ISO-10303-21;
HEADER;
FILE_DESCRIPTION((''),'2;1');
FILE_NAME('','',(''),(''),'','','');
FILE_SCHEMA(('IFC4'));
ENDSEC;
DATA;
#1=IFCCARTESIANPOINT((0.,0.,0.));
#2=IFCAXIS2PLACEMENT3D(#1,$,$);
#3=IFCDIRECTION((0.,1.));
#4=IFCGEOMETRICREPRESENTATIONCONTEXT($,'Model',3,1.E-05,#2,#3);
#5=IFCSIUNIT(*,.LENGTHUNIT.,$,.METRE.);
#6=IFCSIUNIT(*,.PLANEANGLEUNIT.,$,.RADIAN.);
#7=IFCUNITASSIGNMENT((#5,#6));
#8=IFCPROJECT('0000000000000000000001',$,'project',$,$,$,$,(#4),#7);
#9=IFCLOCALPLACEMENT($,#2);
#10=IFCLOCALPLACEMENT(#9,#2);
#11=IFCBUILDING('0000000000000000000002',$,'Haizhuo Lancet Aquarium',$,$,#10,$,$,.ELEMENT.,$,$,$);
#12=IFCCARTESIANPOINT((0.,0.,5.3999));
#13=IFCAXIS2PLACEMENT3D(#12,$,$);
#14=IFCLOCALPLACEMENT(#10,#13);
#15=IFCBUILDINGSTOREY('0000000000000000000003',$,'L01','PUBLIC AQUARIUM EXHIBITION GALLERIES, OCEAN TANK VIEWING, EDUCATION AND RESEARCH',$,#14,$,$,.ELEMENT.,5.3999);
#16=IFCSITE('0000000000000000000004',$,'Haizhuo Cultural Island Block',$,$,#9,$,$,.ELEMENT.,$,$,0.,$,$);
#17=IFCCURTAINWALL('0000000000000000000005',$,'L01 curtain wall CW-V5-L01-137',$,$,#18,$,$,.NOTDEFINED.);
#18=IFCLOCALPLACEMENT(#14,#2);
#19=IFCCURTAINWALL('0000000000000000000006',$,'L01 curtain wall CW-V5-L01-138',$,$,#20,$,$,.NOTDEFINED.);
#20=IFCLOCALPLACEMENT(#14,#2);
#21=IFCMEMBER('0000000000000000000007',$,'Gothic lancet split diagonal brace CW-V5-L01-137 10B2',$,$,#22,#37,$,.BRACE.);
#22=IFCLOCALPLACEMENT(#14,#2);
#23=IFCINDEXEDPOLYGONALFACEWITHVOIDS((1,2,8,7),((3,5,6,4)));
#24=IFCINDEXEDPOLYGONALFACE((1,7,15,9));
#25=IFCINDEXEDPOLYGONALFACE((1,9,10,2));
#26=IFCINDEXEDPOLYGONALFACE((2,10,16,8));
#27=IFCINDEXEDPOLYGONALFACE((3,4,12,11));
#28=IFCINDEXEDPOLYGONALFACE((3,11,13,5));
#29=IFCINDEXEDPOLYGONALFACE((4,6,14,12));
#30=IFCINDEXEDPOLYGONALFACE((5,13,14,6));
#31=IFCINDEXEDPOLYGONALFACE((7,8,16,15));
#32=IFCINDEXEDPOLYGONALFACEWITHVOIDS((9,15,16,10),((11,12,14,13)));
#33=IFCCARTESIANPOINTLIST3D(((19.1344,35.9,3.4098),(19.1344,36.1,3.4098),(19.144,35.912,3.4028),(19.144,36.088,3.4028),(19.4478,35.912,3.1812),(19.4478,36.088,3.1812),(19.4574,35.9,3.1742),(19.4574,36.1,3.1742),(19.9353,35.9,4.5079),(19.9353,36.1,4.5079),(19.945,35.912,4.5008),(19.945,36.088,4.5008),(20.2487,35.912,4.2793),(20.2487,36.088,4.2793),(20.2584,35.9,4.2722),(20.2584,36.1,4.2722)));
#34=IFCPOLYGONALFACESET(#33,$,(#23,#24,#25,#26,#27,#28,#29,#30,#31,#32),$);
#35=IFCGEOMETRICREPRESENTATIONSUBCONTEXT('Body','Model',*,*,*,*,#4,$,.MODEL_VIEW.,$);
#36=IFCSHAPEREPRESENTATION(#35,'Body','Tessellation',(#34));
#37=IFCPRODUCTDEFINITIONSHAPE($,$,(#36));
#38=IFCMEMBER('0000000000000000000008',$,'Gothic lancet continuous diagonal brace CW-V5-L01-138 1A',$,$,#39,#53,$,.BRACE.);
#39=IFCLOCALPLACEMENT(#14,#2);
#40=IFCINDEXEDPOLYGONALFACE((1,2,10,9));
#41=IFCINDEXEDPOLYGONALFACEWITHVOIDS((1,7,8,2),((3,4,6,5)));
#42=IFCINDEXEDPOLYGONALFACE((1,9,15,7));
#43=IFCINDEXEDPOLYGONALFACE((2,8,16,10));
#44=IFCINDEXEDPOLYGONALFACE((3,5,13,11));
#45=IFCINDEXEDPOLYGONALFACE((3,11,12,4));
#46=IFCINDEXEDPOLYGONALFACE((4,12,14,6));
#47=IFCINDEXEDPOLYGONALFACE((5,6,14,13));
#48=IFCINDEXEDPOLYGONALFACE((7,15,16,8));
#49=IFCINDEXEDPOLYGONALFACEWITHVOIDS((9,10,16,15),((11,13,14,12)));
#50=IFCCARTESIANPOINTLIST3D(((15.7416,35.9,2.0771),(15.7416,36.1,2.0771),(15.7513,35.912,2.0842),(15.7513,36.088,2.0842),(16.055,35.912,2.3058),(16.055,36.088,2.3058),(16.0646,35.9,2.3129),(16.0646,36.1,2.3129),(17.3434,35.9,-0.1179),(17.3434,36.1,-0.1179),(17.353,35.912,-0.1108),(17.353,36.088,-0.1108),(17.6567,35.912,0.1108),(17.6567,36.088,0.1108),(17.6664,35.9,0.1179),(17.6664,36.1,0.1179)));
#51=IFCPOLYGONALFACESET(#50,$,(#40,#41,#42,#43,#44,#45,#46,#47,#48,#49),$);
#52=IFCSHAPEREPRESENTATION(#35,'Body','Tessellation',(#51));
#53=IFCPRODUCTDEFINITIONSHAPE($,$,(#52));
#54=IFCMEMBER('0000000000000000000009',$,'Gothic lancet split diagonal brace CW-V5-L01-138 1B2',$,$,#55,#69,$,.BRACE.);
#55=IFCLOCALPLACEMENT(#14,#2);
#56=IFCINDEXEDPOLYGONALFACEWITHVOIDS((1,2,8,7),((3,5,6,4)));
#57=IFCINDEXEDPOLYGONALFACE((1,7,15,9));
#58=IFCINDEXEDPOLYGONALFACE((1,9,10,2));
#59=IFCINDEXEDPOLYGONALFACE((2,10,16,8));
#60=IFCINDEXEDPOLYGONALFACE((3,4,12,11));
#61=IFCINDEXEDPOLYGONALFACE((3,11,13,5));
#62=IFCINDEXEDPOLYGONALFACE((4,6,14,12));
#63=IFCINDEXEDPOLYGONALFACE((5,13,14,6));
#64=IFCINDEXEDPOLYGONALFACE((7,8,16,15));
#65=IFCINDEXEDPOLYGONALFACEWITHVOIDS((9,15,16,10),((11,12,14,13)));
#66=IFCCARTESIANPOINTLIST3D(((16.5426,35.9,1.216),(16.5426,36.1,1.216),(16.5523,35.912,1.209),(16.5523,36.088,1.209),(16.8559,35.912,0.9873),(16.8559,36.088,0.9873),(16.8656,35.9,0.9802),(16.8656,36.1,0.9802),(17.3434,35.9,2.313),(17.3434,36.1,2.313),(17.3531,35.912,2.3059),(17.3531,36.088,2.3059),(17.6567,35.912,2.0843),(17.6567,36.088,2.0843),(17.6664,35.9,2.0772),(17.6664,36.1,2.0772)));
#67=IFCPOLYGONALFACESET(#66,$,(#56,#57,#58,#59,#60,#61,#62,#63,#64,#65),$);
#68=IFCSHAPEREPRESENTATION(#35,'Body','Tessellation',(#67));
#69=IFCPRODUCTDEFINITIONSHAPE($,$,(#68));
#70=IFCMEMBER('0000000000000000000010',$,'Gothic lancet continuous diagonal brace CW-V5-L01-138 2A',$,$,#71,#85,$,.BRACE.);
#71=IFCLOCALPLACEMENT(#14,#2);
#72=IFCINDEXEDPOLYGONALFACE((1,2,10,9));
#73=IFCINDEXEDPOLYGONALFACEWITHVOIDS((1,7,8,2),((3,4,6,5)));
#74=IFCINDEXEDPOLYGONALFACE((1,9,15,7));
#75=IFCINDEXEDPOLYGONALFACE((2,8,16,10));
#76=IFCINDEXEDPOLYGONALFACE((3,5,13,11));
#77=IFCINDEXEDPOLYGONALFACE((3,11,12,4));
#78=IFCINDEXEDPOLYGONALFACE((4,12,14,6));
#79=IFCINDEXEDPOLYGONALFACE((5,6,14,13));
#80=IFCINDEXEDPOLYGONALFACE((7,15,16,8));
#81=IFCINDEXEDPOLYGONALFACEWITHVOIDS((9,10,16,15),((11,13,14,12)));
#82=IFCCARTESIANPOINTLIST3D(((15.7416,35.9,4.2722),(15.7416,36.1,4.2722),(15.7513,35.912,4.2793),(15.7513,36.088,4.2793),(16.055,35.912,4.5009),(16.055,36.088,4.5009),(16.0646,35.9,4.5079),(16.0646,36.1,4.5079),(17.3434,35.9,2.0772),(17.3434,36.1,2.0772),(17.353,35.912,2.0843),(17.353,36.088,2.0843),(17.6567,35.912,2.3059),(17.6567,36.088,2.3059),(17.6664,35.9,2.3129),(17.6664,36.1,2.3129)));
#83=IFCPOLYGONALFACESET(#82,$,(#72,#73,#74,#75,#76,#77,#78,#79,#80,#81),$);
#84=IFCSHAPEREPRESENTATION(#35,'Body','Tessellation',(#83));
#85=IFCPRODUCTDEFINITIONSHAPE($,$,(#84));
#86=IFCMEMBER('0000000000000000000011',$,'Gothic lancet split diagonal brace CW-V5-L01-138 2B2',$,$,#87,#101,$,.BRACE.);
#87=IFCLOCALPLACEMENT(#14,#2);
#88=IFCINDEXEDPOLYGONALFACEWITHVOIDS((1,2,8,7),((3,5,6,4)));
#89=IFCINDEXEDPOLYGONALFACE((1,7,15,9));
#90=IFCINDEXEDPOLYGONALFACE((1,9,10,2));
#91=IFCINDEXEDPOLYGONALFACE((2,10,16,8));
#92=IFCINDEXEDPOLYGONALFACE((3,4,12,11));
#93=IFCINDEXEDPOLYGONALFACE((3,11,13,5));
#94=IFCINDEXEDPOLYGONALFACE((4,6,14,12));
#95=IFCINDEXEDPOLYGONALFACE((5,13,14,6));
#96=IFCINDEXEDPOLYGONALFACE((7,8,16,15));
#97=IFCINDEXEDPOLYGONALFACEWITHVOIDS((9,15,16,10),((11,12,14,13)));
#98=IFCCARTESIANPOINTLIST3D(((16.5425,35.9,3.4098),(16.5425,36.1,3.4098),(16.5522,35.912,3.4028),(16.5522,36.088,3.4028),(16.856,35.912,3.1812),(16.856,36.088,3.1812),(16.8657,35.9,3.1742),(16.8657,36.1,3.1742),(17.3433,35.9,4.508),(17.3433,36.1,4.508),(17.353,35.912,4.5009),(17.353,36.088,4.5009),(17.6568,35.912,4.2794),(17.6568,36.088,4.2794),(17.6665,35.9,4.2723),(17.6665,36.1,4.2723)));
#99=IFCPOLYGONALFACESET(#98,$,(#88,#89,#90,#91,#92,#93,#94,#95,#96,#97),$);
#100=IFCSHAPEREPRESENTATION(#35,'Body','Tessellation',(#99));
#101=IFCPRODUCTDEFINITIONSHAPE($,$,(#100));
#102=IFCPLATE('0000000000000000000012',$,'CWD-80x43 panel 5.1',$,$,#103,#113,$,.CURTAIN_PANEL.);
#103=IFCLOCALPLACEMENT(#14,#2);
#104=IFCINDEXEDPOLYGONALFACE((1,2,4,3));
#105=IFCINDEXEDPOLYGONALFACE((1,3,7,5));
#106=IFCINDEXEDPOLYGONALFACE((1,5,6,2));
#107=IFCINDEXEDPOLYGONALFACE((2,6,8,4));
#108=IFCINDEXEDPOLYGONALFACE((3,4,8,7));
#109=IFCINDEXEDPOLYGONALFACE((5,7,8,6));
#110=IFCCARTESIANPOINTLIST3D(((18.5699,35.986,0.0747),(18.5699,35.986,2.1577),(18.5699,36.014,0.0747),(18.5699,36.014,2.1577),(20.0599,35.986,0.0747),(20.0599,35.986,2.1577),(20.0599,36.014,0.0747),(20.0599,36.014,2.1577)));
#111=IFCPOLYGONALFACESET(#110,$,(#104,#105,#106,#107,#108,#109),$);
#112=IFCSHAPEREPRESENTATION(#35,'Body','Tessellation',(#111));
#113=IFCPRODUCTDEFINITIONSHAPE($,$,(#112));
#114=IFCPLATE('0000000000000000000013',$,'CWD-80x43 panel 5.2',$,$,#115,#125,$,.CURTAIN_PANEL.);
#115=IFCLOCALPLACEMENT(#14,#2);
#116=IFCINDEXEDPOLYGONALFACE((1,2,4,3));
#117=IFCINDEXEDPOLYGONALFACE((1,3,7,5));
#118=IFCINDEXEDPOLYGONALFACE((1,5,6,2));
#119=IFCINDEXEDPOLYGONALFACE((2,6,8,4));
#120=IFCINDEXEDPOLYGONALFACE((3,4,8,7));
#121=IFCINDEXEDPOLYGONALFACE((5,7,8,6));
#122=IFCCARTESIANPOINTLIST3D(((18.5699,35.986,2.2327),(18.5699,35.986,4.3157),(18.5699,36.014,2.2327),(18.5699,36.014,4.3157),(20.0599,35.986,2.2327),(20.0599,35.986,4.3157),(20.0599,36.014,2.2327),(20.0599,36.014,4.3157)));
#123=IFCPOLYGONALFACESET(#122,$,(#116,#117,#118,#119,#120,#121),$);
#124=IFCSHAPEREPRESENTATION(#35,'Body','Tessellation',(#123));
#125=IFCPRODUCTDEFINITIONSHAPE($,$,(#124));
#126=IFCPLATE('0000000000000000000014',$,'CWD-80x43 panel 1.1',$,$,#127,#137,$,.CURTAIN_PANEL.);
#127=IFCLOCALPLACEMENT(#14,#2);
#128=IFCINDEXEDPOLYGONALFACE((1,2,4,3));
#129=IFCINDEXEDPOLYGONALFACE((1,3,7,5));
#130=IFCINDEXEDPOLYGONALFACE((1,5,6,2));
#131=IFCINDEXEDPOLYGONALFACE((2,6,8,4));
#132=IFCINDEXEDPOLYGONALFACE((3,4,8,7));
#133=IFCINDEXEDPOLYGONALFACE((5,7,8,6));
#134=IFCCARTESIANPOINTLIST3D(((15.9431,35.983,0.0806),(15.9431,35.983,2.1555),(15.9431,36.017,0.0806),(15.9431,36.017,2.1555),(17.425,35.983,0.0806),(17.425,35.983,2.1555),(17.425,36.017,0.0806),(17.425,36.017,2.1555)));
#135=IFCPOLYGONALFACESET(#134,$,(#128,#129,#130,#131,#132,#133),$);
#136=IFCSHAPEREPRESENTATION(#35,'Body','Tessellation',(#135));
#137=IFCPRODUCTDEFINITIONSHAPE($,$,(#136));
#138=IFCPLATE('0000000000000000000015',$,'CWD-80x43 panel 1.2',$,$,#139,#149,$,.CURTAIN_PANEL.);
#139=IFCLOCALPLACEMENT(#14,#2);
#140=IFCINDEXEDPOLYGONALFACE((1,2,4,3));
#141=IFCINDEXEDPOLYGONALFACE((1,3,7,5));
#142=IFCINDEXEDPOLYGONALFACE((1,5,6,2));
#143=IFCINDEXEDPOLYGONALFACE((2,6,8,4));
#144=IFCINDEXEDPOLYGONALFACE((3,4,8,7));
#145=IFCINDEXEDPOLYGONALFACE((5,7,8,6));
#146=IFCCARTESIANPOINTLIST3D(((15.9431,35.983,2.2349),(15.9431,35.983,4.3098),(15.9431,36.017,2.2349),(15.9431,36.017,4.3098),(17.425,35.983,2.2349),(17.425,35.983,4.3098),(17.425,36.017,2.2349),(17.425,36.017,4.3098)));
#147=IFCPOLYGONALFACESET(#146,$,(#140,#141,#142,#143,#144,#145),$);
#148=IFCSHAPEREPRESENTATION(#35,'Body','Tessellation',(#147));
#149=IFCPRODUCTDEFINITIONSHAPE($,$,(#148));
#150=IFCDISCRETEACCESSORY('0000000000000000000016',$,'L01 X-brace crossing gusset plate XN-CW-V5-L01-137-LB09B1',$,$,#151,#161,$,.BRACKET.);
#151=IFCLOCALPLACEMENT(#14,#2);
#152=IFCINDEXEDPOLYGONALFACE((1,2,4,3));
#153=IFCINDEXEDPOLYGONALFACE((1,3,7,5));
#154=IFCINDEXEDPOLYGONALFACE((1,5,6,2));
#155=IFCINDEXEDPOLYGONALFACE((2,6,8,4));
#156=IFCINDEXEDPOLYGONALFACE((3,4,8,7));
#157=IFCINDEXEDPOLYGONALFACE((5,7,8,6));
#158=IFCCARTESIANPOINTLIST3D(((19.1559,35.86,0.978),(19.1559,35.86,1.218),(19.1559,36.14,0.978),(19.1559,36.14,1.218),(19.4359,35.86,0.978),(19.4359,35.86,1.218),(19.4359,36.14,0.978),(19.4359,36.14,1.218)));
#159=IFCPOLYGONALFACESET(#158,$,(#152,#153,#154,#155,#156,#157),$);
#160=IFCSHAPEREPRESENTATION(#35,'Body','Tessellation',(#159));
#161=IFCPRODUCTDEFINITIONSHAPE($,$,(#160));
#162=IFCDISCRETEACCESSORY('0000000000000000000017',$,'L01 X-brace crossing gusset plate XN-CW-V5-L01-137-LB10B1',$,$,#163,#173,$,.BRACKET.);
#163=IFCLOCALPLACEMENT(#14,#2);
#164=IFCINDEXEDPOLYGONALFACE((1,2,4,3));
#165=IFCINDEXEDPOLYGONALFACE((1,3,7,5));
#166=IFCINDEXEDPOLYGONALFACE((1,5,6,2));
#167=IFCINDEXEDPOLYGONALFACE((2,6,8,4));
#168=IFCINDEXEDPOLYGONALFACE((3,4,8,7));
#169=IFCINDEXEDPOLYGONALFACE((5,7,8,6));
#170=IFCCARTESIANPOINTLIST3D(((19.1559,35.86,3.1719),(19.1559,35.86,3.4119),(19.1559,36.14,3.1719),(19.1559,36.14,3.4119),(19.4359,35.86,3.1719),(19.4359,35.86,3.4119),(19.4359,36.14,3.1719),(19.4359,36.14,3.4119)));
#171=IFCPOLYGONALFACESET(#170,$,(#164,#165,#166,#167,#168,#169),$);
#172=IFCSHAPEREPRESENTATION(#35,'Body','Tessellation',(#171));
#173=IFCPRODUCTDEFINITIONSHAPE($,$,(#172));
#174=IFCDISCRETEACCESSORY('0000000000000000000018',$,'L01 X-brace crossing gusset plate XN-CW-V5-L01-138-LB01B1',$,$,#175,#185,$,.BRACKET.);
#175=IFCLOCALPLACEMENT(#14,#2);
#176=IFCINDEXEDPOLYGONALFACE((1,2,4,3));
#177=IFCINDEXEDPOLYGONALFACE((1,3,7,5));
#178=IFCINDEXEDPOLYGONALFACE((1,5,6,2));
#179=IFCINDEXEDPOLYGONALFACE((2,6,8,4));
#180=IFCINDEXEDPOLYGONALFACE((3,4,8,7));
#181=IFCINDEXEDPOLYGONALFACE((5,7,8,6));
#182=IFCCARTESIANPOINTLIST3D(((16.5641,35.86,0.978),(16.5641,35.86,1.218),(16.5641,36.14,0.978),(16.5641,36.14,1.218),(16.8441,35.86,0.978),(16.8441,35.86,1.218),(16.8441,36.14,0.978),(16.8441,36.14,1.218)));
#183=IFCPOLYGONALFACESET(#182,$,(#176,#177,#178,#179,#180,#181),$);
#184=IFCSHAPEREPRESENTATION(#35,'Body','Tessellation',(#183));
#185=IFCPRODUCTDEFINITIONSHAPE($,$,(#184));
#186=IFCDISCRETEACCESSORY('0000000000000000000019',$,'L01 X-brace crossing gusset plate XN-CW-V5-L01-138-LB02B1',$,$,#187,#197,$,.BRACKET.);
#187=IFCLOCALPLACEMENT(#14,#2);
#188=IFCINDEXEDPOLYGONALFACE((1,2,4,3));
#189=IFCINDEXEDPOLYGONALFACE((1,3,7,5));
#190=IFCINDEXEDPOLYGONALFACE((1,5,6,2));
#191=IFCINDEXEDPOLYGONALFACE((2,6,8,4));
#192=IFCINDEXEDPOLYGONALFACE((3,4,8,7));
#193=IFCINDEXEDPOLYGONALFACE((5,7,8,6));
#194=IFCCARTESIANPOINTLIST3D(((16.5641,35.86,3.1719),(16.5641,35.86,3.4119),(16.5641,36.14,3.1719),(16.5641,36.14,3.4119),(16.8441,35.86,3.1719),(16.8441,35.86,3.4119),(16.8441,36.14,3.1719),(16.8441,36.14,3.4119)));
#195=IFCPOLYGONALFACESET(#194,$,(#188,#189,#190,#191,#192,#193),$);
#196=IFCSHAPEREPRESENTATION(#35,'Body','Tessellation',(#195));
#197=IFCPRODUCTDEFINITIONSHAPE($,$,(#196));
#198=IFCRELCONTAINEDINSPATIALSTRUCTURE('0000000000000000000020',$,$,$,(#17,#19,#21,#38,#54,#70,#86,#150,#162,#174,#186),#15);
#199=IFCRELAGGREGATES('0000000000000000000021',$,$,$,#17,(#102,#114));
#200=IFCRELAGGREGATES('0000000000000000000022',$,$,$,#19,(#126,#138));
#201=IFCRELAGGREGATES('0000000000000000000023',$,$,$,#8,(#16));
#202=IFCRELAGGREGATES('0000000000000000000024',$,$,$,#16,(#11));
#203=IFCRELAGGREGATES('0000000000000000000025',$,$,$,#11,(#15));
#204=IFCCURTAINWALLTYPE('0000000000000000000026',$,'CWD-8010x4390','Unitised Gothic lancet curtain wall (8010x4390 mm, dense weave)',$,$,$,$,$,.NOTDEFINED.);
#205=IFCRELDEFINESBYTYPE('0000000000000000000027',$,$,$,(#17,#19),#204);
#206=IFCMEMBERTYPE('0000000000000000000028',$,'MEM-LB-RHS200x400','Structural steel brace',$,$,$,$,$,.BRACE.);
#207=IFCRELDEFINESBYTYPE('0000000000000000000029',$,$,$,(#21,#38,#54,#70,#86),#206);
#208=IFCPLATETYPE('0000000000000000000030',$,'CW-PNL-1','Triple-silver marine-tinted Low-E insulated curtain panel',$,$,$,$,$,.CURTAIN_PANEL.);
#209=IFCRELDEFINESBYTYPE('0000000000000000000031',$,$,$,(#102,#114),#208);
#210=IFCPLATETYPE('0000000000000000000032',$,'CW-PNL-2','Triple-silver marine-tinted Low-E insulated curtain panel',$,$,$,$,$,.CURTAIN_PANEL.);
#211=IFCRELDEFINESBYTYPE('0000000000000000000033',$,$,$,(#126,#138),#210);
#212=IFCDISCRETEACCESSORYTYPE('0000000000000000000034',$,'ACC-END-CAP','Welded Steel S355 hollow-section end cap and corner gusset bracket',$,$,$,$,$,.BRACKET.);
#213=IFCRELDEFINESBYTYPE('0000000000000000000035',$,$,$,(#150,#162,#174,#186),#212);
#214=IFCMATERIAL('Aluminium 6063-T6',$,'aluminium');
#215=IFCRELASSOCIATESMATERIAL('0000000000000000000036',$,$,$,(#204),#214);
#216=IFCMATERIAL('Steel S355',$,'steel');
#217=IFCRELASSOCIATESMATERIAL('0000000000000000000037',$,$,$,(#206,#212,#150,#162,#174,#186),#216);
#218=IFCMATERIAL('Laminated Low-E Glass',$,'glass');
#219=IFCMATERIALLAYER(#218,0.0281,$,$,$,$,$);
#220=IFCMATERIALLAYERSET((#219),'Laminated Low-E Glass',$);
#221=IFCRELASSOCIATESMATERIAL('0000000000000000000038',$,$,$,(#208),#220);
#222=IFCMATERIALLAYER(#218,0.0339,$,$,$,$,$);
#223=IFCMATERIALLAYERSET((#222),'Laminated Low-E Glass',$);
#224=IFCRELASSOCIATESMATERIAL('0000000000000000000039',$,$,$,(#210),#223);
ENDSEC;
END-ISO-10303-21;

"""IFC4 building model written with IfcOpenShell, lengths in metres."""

from ifc_helpers import new_model, si_unit, direction, frame, origin, origin_2d, place, context, subcontext, project, spatial, rectangle, hollow_rectangle, extrude, material, layer, layer_set, material_profile, profile_set, type_object, element, aggregate, save


model = new_model("IFC4")

# Units and contexts
model_context = context("Model", 3, precision=1e-05, world=origin(), true_north=direction((0.0, 1.0)))
body_context = subcontext(model_context, "Body", "Model", "MODEL_VIEW")
ifc_project = project(units=[si_unit("LENGTHUNIT", "METRE"), si_unit("PLANEANGLEUNIT", "RADIAN")], contexts=[model_context])

# Site, building, storey
site_placement = place(None, origin())
site = spatial("IfcSite", under=ifc_project, at=site_placement, Name="Haizhuo Cultural Island Block", CompositionType="ELEMENT", RefElevation=0.0)
building_placement = place(site_placement, origin())
building = spatial("IfcBuilding", under=site, at=building_placement, Name="Haizhuo Lancet Aquarium", CompositionType="ELEMENT")
storey_placement = place(building_placement, frame((0.0, 0.0, 5.3999)))
storey = spatial("IfcBuildingStorey", under=building, at=storey_placement, Name="L01", Description="PUBLIC AQUARIUM EXHIBITION GALLERIES, OCEAN TANK VIEWING, EDUCATION AND RESEARCH", CompositionType="ELEMENT", Elevation=5.3999)

# Curtain wall
ifc_material_1 = material(Name="Aluminium 6063-T6", Category="aluminium")
curtain_wall_type = type_object("IfcCurtainWallType", Name="CWD-8010x4390", Description="Unitised Gothic lancet curtain wall (8010x4390 mm, dense weave)", PredefinedType="NOTDEFINED", material=ifc_material_1)
curtain_wall_1_placement = place(storey_placement, origin())
curtain_wall_1 = element("IfcCurtainWall", 1, at=curtain_wall_1_placement, inside=storey, type_object=curtain_wall_type, Name="L01 curtain wall CW-V5-L01-137", PredefinedType="NOTDEFINED")

# Curtain wall
curtain_wall_2_placement = place(storey_placement, origin())
curtain_wall_2 = element("IfcCurtainWall", 2, at=curtain_wall_2_placement, inside=storey, type_object=curtain_wall_type, Name="L01 curtain wall CW-V5-L01-138", PredefinedType="NOTDEFINED")

# Members
ifc_material_2 = material(Name="Steel S355", Category="steel")
ifc_material_profile_1 = material_profile(ifc_material_2, hollow_rectangle(XDim=0.2, YDim=0.3999, WallThickness=0.012, at=origin_2d()), Name="RHS 200x400x12")
ifc_profile_set_1 = profile_set([ifc_material_profile_1], Name="Steel S355")
member_type_1 = type_object("IfcMemberType", Name="MEM-LB-RHS200x400", Description="Structural steel brace", PredefinedType="BRACE", material=ifc_profile_set_1)
member_1_placement = place(storey_placement, frame((19.2959, 36.0, 3.292), z_axis=(0.589314, 0.0, 0.807904), x_axis=(0.0, 1.0, 0.0)))
element("IfcMember", 3, at=member_1_placement, inside=storey, type_object=member_type_1, Name="Gothic lancet split diagonal brace CW-V5-L01-137 10B2", PredefinedType="BRACE", context=body_context, shape_type="SweptSolid", body=[
    extrude(hollow_rectangle(XDim=0.2, YDim=0.3999, WallThickness=0.012, at=origin_2d()), origin(), (0.0, 0.0, 1.0), 1.3591),
])
member_2_placement = place(storey_placement, frame((17.5049, 36.0, 0.0), z_axis=(-0.589469, 0.0, 0.807791), x_axis=(0.0, -1.0, 0.0)))
element("IfcMember", 4, at=member_2_placement, inside=storey, type_object=member_type_1, Name="Gothic lancet continuous diagonal brace CW-V5-L01-138 1A", PredefinedType="BRACE", context=body_context, shape_type="SweptSolid", body=[
    extrude(hollow_rectangle(XDim=0.2, YDim=0.3999, WallThickness=0.012, at=origin_2d()), origin(), (0.0, 0.0, 1.0), 2.7173),
])
member_3_placement = place(storey_placement, frame((16.7041, 36.0, 1.0981), z_axis=(0.589624, 0.0, 0.807678), x_axis=(0.0, 1.0, 0.0)))
element("IfcMember", 5, at=member_3_placement, inside=storey, type_object=member_type_1, Name="Gothic lancet split diagonal brace CW-V5-L01-138 1B2", PredefinedType="BRACE", context=body_context, shape_type="SweptSolid", body=[
    extrude(hollow_rectangle(XDim=0.2, YDim=0.3999, WallThickness=0.012, at=origin_2d()), origin(), (0.0, 0.0, 1.0), 1.3582),
])
member_4_placement = place(storey_placement, frame((17.5049, 36.0, 2.1951), z_axis=(-0.589469, 0.0, 0.807791), x_axis=(0.0, -1.0, 0.0)))
element("IfcMember", 6, at=member_4_placement, inside=storey, type_object=member_type_1, Name="Gothic lancet continuous diagonal brace CW-V5-L01-138 2A", PredefinedType="BRACE", context=body_context, shape_type="SweptSolid", body=[
    extrude(hollow_rectangle(XDim=0.2, YDim=0.3999, WallThickness=0.012, at=origin_2d()), origin(), (0.0, 0.0, 1.0), 2.7173),
])
member_5_placement = place(storey_placement, frame((16.7041, 36.0, 3.292), z_axis=(0.589197, 0.0, 0.80799), x_axis=(0.0, 1.0, 0.0)))
element("IfcMember", 7, at=member_5_placement, inside=storey, type_object=member_type_1, Name="Gothic lancet split diagonal brace CW-V5-L01-138 2B2", PredefinedType="BRACE", context=body_context, shape_type="SweptSolid", body=[
    extrude(hollow_rectangle(XDim=0.2, YDim=0.3999, WallThickness=0.012, at=origin_2d()), origin(), (0.0, 0.0, 1.0), 1.3591),
])

# Plates
ifc_material_3 = material(Name="Laminated Low-E Glass", Category="glass")
ifc_layer_1 = layer(ifc_material_3, 0.0281)
ifc_layer_set_1 = layer_set([ifc_layer_1], Name="Laminated Low-E Glass")
plate_type_1 = type_object("IfcPlateType", Name="CW-PNL-1", Description="Triple-silver marine-tinted Low-E insulated curtain panel", PredefinedType="CURTAIN_PANEL", material=ifc_layer_set_1)
plate_1_placement = place(storey_placement, frame((19.3149, 36.0, 0.0747), z_axis=(0.0, 0.0, 1.0), x_axis=(-1.0, 0.0, 0.0)))
plate_1 = element("IfcPlate", 8, at=plate_1_placement, type_object=plate_type_1, Name="CWD-80x43 panel 5.1", PredefinedType="CURTAIN_PANEL", context=body_context, shape_type="SweptSolid", body=[
    extrude(rectangle(XDim=1.49, YDim=0.0281, at=origin_2d()), origin(), (0.0, 0.0, 1.0), 2.083),
])
plate_2_placement = place(storey_placement, frame((19.3149, 36.0, 2.2327), z_axis=(0.0, 0.0, 1.0), x_axis=(-1.0, 0.0, 0.0)))
plate_2 = element("IfcPlate", 9, at=plate_2_placement, type_object=plate_type_1, Name="CWD-80x43 panel 5.2", PredefinedType="CURTAIN_PANEL", context=body_context, shape_type="SweptSolid", body=[
    extrude(rectangle(XDim=1.49, YDim=0.0281, at=origin_2d()), origin(), (0.0, 0.0, 1.0), 2.083),
])
aggregate(curtain_wall_1, [plate_1, plate_2])
ifc_layer_2 = layer(ifc_material_3, 0.0339)
ifc_layer_set_2 = layer_set([ifc_layer_2], Name="Laminated Low-E Glass")
plate_type_2 = type_object("IfcPlateType", Name="CW-PNL-2", Description="Triple-silver marine-tinted Low-E insulated curtain panel", PredefinedType="CURTAIN_PANEL", material=ifc_layer_set_2)
plate_3_placement = place(storey_placement, frame((16.6841, 36.0, 0.0806), z_axis=(0.0, 0.0, 1.0), x_axis=(-1.0, 0.0, 0.0)))
plate_3 = element("IfcPlate", 10, at=plate_3_placement, type_object=plate_type_2, Name="CWD-80x43 panel 1.1", PredefinedType="CURTAIN_PANEL", context=body_context, shape_type="SweptSolid", body=[
    extrude(rectangle(XDim=1.4819, YDim=0.0339, at=origin_2d()), origin(), (0.0, 0.0, 1.0), 2.075),
])
plate_4_placement = place(storey_placement, frame((16.6841, 36.0, 2.2349), z_axis=(0.0, 0.0, 1.0), x_axis=(-1.0, 0.0, 0.0)))
plate_4 = element("IfcPlate", 11, at=plate_4_placement, type_object=plate_type_2, Name="CWD-80x43 panel 1.2", PredefinedType="CURTAIN_PANEL", context=body_context, shape_type="SweptSolid", body=[
    extrude(rectangle(XDim=1.4819, YDim=0.0339, at=origin_2d()), origin(), (0.0, 0.0, 1.0), 2.075),
])
aggregate(curtain_wall_2, [plate_3, plate_4])

# Discrete accessories
discrete_accessory_type = type_object("IfcDiscreteAccessoryType", Name="ACC-END-CAP", Description="Welded Steel S355 hollow-section end cap and corner gusset bracket", PredefinedType="BRACKET", material=ifc_material_2)
for number, where, z_axis, x_axis, name in (
    (12, (19.2959, 36.0, 0.978), (0.0, 0.0, 1.0), (1.0, 0.0, 0.0), "L01 X-brace crossing gusset plate XN-CW-V5-L01-137-LB09B1"),
    (13, (19.2959, 36.0, 3.1719), (0.0, 0.0, 1.0), (1.0, 0.0, 0.0), "L01 X-brace crossing gusset plate XN-CW-V5-L01-137-LB10B1"),
    (14, (16.7041, 36.0, 0.978), (0.0, 0.0, 1.0), (1.0, 0.0, 0.0), "L01 X-brace crossing gusset plate XN-CW-V5-L01-138-LB01B1"),
    (15, (16.7041, 36.0, 3.1719), (0.0, 0.0, 1.0), (1.0, 0.0, 0.0), "L01 X-brace crossing gusset plate XN-CW-V5-L01-138-LB02B1"),
):
    element("IfcDiscreteAccessory", number, at=place(storey_placement, frame(where, z_axis=z_axis, x_axis=x_axis)), inside=storey, type_object=discrete_accessory_type, material=ifc_material_2, Name=name, PredefinedType="BRACKET", context=body_context, shape_type="SweptSolid", body=[
        extrude(rectangle(XDim=0.28, YDim=0.28, at=origin_2d()), origin(), (0.0, 0.0, 1.0), 0.24),
    ])

save(model, "model.ifc")
